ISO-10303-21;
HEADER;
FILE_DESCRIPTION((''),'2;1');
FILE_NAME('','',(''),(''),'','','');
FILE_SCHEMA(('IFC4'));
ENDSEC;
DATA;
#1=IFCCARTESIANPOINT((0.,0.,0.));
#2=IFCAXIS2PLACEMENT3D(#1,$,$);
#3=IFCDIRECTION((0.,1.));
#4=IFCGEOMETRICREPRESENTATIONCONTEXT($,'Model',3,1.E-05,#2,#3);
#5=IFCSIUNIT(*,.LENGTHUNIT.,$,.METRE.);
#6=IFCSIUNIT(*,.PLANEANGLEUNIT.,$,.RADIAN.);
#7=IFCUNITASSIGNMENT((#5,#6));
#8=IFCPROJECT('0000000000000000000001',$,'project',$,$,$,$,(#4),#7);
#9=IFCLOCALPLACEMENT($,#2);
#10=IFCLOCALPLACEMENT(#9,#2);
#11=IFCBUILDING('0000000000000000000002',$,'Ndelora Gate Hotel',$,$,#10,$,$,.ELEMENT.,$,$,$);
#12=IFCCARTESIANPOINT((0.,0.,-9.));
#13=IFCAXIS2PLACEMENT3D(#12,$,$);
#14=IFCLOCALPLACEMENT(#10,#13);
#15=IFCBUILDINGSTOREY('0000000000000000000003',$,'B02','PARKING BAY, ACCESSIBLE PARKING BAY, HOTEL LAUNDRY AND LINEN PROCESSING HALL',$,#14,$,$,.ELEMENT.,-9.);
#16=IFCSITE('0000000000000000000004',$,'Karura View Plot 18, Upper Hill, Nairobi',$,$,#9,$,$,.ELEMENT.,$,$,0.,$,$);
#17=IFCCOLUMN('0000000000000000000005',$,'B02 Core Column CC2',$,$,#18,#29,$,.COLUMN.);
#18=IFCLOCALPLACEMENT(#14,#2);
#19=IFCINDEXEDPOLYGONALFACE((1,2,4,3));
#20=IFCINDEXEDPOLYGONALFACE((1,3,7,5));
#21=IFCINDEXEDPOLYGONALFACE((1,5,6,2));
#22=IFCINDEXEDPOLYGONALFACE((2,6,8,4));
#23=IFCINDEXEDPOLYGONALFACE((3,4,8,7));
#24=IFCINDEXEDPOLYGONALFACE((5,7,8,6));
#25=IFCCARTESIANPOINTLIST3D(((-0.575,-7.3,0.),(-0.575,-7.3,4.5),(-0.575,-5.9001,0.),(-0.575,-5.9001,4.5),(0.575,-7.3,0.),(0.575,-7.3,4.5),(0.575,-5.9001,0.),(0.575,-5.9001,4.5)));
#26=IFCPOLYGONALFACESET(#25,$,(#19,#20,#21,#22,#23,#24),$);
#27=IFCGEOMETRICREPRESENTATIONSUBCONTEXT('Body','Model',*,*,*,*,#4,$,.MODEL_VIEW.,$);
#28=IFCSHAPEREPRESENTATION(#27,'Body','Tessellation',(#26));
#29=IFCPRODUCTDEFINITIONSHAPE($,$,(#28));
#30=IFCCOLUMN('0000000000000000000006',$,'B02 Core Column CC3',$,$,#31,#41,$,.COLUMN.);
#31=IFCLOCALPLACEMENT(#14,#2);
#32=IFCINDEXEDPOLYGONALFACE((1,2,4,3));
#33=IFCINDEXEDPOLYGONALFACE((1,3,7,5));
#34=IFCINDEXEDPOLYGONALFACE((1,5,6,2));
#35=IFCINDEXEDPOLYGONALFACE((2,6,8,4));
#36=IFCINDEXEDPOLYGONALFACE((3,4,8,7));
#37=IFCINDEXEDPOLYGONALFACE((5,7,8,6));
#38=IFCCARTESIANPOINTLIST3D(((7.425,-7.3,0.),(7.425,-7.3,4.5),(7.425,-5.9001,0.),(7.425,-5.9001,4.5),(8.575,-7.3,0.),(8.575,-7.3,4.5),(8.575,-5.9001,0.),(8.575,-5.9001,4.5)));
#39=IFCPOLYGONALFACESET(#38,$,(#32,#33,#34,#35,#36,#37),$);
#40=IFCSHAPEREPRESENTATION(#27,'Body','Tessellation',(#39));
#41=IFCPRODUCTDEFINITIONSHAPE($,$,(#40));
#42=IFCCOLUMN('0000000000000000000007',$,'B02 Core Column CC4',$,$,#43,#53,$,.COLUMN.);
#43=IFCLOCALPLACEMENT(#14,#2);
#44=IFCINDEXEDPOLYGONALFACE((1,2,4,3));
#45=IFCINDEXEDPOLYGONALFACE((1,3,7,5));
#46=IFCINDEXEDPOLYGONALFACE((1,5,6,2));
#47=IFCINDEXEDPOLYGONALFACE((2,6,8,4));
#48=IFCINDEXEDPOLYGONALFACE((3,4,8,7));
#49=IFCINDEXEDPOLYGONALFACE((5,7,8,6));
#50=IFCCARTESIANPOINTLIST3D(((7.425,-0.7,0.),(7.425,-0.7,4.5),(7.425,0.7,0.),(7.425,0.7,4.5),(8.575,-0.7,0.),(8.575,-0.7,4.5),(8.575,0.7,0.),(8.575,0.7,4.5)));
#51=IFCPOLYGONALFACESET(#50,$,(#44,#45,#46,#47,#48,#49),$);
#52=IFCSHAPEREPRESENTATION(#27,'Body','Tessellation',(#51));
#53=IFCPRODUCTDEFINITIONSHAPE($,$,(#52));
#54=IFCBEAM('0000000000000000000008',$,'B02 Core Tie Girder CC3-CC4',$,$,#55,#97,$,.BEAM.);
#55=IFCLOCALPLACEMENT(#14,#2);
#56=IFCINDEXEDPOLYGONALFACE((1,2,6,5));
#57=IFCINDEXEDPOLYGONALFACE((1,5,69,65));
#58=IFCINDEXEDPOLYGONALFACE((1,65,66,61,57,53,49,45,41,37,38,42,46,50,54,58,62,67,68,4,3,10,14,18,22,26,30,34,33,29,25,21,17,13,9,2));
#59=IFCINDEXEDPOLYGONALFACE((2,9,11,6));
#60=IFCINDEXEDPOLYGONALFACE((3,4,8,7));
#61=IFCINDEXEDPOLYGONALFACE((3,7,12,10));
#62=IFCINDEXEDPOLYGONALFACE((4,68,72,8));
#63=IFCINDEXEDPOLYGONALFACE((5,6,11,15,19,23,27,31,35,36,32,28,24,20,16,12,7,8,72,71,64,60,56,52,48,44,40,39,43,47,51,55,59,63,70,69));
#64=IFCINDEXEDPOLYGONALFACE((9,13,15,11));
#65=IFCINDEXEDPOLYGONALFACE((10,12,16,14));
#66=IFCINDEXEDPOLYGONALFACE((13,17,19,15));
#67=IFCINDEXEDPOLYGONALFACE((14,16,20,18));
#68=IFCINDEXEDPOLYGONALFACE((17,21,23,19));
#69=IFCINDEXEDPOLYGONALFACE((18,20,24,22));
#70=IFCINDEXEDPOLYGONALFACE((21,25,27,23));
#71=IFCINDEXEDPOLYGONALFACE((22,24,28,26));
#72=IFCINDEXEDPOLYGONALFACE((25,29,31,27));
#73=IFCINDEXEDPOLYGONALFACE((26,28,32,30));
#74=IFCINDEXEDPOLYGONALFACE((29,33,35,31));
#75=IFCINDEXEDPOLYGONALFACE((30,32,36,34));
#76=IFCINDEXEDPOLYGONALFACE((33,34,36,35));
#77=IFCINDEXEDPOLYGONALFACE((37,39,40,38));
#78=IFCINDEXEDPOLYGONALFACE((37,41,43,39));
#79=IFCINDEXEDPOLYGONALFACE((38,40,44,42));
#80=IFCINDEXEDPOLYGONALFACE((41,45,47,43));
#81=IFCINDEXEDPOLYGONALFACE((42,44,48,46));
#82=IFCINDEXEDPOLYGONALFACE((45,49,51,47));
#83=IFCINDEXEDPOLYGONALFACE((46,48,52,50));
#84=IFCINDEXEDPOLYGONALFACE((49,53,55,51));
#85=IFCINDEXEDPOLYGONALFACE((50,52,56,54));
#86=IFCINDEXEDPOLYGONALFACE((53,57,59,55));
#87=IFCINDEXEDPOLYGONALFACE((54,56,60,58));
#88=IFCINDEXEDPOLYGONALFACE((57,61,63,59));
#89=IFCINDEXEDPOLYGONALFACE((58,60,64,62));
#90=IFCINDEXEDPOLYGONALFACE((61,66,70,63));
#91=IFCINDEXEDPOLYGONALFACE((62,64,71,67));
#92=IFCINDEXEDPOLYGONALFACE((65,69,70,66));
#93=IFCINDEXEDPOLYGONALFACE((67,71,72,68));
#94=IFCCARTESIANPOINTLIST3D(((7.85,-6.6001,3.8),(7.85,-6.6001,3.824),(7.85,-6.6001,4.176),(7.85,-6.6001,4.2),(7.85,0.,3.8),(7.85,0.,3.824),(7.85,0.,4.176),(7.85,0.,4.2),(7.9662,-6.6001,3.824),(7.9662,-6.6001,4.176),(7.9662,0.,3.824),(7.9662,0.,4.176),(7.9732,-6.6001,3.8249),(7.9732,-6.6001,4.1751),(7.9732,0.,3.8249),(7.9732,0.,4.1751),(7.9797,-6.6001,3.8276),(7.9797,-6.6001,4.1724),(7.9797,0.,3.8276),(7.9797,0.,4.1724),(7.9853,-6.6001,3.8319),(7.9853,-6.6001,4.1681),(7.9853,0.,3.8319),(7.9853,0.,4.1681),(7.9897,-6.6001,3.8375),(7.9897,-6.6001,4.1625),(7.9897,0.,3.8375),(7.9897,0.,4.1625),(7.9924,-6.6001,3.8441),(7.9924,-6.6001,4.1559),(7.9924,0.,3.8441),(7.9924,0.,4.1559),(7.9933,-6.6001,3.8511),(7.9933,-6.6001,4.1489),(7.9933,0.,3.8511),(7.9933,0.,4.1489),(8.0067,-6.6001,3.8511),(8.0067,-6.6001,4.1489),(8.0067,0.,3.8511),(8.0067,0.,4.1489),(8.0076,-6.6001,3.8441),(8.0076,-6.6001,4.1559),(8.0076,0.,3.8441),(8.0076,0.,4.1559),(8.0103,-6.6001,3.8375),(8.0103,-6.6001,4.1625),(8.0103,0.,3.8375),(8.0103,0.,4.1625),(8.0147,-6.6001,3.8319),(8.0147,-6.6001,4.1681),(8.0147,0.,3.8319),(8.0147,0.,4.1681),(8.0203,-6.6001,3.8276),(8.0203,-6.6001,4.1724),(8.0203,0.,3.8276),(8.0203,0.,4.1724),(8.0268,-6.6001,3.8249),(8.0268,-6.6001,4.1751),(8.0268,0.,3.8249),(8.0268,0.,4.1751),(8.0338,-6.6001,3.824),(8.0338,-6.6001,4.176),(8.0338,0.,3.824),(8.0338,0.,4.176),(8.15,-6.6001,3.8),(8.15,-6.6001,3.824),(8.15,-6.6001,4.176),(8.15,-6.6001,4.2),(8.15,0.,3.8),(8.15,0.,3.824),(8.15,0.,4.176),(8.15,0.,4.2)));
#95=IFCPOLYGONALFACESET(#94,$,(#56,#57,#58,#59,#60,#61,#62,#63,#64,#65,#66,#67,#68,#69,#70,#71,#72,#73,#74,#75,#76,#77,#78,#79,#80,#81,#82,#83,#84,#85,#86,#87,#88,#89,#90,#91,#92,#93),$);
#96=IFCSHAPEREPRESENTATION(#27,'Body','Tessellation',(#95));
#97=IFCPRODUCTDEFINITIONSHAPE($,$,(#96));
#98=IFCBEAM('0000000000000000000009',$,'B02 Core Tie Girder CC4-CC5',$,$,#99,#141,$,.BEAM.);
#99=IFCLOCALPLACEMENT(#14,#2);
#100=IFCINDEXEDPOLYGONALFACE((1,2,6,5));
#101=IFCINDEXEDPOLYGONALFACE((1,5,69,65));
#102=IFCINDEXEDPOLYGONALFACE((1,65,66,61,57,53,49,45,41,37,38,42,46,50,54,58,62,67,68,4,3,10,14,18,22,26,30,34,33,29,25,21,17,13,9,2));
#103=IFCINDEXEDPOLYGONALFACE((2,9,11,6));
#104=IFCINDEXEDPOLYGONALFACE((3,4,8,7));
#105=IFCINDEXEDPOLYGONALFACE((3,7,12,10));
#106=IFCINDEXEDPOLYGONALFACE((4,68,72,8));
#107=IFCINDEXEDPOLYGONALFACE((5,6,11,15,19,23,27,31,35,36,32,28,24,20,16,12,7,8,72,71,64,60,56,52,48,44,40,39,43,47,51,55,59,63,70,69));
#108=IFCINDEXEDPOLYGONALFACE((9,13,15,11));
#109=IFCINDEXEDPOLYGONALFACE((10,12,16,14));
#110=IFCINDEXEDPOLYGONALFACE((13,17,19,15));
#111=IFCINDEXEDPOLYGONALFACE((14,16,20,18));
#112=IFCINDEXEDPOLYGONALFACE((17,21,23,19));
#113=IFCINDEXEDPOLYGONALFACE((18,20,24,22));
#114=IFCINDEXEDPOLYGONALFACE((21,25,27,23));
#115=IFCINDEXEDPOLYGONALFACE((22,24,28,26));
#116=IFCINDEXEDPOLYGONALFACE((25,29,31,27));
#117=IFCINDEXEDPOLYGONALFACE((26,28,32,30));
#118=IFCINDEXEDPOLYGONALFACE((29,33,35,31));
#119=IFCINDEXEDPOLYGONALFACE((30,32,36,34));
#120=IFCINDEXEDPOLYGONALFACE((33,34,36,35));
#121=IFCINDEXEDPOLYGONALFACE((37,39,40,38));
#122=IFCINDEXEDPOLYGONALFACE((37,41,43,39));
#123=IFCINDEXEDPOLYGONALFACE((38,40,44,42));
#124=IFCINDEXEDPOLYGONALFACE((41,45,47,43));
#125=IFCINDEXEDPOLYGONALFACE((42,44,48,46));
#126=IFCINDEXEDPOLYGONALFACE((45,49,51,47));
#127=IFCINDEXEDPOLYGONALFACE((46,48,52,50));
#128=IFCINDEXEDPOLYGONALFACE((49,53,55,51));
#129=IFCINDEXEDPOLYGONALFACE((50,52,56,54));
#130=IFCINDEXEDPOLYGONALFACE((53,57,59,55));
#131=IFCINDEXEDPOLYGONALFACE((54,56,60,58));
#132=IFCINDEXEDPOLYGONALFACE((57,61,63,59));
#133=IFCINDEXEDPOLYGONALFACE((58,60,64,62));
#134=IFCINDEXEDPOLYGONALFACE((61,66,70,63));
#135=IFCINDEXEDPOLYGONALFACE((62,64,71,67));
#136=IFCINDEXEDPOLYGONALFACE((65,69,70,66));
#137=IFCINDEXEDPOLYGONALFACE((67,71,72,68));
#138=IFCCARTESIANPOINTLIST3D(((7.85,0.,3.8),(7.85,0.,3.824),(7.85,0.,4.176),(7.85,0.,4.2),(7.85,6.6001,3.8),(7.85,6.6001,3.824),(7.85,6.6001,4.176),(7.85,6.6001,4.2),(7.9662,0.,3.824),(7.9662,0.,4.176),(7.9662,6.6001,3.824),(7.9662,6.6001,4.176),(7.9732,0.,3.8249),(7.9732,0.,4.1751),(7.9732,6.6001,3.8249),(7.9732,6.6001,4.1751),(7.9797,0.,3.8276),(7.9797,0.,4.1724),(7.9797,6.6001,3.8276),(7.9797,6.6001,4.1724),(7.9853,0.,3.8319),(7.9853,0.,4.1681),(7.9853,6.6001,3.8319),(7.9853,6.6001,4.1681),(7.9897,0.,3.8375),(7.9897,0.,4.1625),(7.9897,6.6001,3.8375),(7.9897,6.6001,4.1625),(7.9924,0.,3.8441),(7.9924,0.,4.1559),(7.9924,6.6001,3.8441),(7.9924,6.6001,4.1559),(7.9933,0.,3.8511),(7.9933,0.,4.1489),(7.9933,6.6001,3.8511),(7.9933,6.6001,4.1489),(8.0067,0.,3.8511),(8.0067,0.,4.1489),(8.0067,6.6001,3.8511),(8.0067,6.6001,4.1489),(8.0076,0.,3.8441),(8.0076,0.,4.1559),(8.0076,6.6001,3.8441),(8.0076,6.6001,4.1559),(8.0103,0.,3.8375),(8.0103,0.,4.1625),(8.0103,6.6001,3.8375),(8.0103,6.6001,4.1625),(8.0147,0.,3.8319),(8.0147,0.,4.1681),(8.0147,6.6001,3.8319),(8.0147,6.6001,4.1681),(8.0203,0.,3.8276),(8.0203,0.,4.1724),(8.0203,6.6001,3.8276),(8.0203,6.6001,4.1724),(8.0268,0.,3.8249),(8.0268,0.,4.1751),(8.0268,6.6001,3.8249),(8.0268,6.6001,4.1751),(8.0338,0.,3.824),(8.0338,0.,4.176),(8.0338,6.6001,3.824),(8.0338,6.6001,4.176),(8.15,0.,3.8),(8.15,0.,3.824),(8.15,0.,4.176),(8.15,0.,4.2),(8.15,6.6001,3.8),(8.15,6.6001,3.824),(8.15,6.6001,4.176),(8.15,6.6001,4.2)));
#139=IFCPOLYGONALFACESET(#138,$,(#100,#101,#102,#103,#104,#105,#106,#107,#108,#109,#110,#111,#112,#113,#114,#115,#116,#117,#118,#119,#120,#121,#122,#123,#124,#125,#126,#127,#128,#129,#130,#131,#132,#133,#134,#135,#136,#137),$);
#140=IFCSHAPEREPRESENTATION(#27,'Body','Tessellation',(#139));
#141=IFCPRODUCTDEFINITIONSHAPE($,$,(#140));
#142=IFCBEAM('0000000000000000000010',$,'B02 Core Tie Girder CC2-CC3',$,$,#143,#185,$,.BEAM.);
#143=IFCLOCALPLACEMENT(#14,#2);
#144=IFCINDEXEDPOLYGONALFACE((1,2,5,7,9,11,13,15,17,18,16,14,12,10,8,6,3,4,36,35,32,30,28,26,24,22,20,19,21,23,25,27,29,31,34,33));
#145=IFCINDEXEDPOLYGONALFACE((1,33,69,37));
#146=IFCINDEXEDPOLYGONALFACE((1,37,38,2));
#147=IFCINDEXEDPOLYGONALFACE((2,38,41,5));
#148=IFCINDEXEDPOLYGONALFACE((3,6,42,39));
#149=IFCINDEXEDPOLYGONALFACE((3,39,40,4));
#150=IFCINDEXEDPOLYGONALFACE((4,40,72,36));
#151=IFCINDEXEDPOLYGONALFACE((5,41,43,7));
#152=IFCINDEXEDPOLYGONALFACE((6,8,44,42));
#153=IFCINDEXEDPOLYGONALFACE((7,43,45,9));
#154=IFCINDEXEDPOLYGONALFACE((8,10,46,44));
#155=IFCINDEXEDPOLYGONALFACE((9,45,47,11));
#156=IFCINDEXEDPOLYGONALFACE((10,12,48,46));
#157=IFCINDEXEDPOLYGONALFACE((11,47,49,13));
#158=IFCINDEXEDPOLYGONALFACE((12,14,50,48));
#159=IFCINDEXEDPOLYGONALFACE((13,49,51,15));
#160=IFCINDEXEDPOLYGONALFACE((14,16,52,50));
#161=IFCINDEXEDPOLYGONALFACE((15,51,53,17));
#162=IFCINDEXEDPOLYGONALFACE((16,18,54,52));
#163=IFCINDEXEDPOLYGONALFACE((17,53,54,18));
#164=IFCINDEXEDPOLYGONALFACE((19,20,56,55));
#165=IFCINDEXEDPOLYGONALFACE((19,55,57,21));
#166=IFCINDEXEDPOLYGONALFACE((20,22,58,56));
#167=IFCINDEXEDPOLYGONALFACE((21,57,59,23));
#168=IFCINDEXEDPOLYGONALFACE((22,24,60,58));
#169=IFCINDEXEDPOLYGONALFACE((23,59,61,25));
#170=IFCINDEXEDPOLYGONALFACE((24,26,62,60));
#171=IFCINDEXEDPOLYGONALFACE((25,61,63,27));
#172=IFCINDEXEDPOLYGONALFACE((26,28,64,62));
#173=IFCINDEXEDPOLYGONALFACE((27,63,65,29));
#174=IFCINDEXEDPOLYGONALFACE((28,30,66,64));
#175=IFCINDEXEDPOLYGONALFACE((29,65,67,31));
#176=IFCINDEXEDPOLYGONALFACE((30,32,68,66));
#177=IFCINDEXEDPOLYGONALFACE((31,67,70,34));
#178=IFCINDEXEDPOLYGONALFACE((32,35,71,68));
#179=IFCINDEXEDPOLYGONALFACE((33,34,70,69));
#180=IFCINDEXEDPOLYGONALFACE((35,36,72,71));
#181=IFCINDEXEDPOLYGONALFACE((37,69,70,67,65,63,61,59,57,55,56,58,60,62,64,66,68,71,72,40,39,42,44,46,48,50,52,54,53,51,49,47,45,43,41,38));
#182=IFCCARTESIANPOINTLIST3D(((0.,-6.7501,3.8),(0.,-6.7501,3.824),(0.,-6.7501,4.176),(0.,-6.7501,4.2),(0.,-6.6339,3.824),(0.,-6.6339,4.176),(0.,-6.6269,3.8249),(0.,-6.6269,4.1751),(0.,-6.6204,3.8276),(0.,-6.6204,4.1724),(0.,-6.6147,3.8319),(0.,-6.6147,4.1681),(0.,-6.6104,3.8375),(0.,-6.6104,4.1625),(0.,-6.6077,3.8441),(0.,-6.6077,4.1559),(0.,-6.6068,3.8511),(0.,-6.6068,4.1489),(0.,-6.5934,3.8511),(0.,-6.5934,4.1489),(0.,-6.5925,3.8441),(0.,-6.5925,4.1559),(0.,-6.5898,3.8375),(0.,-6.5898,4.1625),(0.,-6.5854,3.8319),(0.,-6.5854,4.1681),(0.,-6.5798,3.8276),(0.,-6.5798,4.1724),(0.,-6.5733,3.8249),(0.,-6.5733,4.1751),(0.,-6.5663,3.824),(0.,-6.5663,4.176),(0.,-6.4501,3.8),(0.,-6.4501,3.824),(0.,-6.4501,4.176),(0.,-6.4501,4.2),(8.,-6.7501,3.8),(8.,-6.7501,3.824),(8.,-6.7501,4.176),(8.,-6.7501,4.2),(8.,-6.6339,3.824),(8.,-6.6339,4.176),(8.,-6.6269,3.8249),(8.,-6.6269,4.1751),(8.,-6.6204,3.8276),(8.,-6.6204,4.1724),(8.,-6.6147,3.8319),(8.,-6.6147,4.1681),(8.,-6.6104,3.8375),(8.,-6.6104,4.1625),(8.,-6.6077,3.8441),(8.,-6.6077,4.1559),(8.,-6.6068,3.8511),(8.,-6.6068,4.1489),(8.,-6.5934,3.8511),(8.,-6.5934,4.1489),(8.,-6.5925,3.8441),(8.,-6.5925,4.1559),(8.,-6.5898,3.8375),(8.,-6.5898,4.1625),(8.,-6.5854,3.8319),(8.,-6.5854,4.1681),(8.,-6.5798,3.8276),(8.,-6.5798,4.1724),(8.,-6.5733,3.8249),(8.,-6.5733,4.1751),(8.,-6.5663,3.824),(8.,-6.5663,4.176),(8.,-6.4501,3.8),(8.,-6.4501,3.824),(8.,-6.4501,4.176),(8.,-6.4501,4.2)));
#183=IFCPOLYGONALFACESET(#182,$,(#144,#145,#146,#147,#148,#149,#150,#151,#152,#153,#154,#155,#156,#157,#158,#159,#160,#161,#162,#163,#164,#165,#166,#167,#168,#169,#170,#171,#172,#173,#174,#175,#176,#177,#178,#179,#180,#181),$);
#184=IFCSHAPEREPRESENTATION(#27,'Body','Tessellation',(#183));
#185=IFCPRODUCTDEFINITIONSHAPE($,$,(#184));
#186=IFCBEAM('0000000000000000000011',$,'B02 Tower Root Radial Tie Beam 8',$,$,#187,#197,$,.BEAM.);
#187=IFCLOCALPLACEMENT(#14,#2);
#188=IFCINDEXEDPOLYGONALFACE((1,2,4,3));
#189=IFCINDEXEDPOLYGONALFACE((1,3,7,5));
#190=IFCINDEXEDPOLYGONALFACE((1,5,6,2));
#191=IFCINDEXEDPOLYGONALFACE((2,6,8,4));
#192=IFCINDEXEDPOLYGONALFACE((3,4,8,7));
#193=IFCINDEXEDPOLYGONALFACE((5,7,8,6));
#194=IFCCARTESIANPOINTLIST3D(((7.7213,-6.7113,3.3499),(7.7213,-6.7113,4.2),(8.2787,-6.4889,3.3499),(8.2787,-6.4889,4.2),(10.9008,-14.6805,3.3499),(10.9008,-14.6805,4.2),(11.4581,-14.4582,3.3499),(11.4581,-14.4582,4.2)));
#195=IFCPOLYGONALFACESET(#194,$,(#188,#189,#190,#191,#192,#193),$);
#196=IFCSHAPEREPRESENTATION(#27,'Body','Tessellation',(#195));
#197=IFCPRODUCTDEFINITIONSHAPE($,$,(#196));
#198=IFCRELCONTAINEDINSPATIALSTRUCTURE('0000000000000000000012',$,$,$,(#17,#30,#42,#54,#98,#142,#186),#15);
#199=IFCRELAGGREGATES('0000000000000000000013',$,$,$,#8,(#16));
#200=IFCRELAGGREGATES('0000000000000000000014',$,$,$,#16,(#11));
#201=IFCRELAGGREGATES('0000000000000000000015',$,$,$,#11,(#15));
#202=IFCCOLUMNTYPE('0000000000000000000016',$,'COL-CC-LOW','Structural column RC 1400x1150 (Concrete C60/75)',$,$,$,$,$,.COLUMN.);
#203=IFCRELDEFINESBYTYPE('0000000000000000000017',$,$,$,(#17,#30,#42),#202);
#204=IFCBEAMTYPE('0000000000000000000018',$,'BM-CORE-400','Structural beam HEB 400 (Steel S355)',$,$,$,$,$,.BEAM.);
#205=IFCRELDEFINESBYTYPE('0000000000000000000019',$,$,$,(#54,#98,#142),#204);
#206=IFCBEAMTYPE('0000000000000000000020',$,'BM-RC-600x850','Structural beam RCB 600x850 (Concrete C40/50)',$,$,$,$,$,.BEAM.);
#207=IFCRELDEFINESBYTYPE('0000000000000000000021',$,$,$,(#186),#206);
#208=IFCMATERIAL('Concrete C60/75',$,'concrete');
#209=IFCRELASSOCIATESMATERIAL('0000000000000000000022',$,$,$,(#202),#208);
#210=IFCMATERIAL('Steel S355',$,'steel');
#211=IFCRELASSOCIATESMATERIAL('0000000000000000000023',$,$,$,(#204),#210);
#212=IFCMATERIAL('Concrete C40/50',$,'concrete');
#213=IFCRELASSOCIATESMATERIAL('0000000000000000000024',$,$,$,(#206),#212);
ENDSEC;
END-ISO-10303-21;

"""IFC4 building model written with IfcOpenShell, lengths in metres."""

from ifc_helpers import new_model, si_unit, direction, frame, origin, origin_2d, place, context, subcontext, project, spatial, rectangle, i_section, extrude, material, material_profile, profile_set, type_object, element, save


model = new_model("IFC4")

# Units and contexts
model_context = context("Model", 3, precision=1e-05, world=origin(), true_north=direction((0.0, 1.0)))
body_context = subcontext(model_context, "Body", "Model", "MODEL_VIEW")
ifc_project = project(units=[si_unit("LENGTHUNIT", "METRE"), si_unit("PLANEANGLEUNIT", "RADIAN")], contexts=[model_context])

# Site, building, storey
site_placement = place(None, origin())
site = spatial("IfcSite", under=ifc_project, at=site_placement, Name="Karura View Plot 18, Upper Hill, Nairobi", CompositionType="ELEMENT", RefElevation=0.0)
building_placement = place(site_placement, origin())
building = spatial("IfcBuilding", under=site, at=building_placement, Name="Ndelora Gate Hotel", CompositionType="ELEMENT")
storey_placement = place(building_placement, frame((0.0, 0.0, -9.0)))
storey = spatial("IfcBuildingStorey", under=building, at=storey_placement, Name="B02", Description="PARKING BAY, ACCESSIBLE PARKING BAY, HOTEL LAUNDRY AND LINEN PROCESSING HALL", CompositionType="ELEMENT", Elevation=-9.0)

# Columns
ifc_material_1 = material(Name="Concrete C60/75", Category="concrete")
ifc_material_profile_1 = material_profile(ifc_material_1, rectangle(XDim=1.1499, YDim=1.3999, at=origin_2d()), Name="RC 1400x1150")
ifc_profile_set_1 = profile_set([ifc_material_profile_1], Name="Concrete C60/75")
column_type = type_object("IfcColumnType", Name="COL-CC-LOW", Description="Structural column RC 1400x1150 (Concrete C60/75)", PredefinedType="COLUMN", material=ifc_profile_set_1)
for number, where, z_axis, x_axis, name in (
    (1, (0.0, -6.6001, 0.0), (0.0, 0.0, 1.0), (1.0, 0.0, 0.0), "B02 Core Column CC2"),
    (2, (8.0, -6.6001, 0.0), (0.0, 0.0, 1.0), (1.0, 0.0, 0.0), "B02 Core Column CC3"),
    (3, (8.0, 0.0, 0.0), (0.0, 0.0, 1.0), (1.0, 0.0, 0.0), "B02 Core Column CC4"),
):
    element("IfcColumn", number, at=place(storey_placement, frame(where, z_axis=z_axis, x_axis=x_axis)), inside=storey, type_object=column_type, Name=name, PredefinedType="COLUMN", context=body_context, shape_type="SweptSolid", body=[
        extrude(rectangle(XDim=1.1499, YDim=1.3999, at=origin_2d()), origin(), (0.0, 0.0, 1.0), 4.5),
    ])

# Beams
ifc_material_2 = material(Name="Steel S355", Category="steel")
ifc_material_profile_2 = material_profile(ifc_material_2, i_section(OverallWidth=0.3, OverallDepth=0.3999, WebThickness=0.0134, FlangeThickness=0.0239, FilletRadius=0.0271, at=origin_2d()), Name="HEB 400")
ifc_profile_set_2 = profile_set([ifc_material_profile_2], Name="Steel S355")
beam_type_1 = type_object("IfcBeamType", Name="BM-CORE-400", Description="Structural beam HEB 400 (Steel S355)", PredefinedType="BEAM", material=ifc_profile_set_2)
for number, where, z_axis, x_axis, name in (
    (4, (8.0, -6.6001, 4.0), (0.0, 1.0, 0.0), (-1.0, 0.0, 0.0), "B02 Core Tie Girder CC3-CC4"),
    (5, (8.0, 0.0, 4.0), (0.0, 1.0, 0.0), (-1.0, 0.0, 0.0), "B02 Core Tie Girder CC4-CC5"),
):
    element("IfcBeam", number, at=place(storey_placement, frame(where, z_axis=z_axis, x_axis=x_axis)), inside=storey, type_object=beam_type_1, Name=name, PredefinedType="BEAM", context=body_context, shape_type="SweptSolid", body=[
        extrude(i_section(OverallWidth=0.3, OverallDepth=0.3999, WebThickness=0.0134, FlangeThickness=0.0239, FilletRadius=0.0271, at=origin_2d()), origin(), (0.0, 0.0, 1.0), 6.6001),
    ])
beam_1_placement = place(storey_placement, frame((0.0, -6.6001, 4.0), z_axis=(1.0, 0.0, 0.0), x_axis=(0.0, 1.0, 0.0)))
element("IfcBeam", 6, at=beam_1_placement, inside=storey, type_object=beam_type_1, Name="B02 Core Tie Girder CC2-CC3", PredefinedType="BEAM", context=body_context, shape_type="SweptSolid", body=[
    extrude(i_section(OverallWidth=0.3, OverallDepth=0.3999, WebThickness=0.0134, FlangeThickness=0.0239, FilletRadius=0.0271, at=origin_2d()), origin(), (0.0, 0.0, 1.0), 8.0),
])
ifc_material_3 = material(Name="Concrete C40/50", Category="concrete")
ifc_material_profile_3 = material_profile(ifc_material_3, rectangle(XDim=0.6001, YDim=0.8501, at=origin_2d()), Name="RCB 600x850")
ifc_profile_set_3 = profile_set([ifc_material_profile_3], Name="Concrete C40/50")
beam_type_2 = type_object("IfcBeamType", Name="BM-RC-600x850", Description="Structural beam RCB 600x850 (Concrete C40/50)", PredefinedType="BEAM", material=ifc_profile_set_3)
beam_2_placement = place(storey_placement, frame((8.0, -6.6001, 3.7749), z_axis=(0.370561, -0.928808, 0.0), x_axis=(0.928808, 0.370561, 0.0)))
element("IfcBeam", 7, at=beam_2_placement, inside=storey, type_object=beam_type_2, Name="B02 Tower Root Radial Tie Beam 8", PredefinedType="BEAM", context=body_context, shape_type="SweptSolid", body=[
    extrude(rectangle(XDim=0.6001, YDim=0.8501, at=origin_2d()), origin(), (0.0, 0.0, 1.0), 8.5801),
])

save(model, "model.ifc")
